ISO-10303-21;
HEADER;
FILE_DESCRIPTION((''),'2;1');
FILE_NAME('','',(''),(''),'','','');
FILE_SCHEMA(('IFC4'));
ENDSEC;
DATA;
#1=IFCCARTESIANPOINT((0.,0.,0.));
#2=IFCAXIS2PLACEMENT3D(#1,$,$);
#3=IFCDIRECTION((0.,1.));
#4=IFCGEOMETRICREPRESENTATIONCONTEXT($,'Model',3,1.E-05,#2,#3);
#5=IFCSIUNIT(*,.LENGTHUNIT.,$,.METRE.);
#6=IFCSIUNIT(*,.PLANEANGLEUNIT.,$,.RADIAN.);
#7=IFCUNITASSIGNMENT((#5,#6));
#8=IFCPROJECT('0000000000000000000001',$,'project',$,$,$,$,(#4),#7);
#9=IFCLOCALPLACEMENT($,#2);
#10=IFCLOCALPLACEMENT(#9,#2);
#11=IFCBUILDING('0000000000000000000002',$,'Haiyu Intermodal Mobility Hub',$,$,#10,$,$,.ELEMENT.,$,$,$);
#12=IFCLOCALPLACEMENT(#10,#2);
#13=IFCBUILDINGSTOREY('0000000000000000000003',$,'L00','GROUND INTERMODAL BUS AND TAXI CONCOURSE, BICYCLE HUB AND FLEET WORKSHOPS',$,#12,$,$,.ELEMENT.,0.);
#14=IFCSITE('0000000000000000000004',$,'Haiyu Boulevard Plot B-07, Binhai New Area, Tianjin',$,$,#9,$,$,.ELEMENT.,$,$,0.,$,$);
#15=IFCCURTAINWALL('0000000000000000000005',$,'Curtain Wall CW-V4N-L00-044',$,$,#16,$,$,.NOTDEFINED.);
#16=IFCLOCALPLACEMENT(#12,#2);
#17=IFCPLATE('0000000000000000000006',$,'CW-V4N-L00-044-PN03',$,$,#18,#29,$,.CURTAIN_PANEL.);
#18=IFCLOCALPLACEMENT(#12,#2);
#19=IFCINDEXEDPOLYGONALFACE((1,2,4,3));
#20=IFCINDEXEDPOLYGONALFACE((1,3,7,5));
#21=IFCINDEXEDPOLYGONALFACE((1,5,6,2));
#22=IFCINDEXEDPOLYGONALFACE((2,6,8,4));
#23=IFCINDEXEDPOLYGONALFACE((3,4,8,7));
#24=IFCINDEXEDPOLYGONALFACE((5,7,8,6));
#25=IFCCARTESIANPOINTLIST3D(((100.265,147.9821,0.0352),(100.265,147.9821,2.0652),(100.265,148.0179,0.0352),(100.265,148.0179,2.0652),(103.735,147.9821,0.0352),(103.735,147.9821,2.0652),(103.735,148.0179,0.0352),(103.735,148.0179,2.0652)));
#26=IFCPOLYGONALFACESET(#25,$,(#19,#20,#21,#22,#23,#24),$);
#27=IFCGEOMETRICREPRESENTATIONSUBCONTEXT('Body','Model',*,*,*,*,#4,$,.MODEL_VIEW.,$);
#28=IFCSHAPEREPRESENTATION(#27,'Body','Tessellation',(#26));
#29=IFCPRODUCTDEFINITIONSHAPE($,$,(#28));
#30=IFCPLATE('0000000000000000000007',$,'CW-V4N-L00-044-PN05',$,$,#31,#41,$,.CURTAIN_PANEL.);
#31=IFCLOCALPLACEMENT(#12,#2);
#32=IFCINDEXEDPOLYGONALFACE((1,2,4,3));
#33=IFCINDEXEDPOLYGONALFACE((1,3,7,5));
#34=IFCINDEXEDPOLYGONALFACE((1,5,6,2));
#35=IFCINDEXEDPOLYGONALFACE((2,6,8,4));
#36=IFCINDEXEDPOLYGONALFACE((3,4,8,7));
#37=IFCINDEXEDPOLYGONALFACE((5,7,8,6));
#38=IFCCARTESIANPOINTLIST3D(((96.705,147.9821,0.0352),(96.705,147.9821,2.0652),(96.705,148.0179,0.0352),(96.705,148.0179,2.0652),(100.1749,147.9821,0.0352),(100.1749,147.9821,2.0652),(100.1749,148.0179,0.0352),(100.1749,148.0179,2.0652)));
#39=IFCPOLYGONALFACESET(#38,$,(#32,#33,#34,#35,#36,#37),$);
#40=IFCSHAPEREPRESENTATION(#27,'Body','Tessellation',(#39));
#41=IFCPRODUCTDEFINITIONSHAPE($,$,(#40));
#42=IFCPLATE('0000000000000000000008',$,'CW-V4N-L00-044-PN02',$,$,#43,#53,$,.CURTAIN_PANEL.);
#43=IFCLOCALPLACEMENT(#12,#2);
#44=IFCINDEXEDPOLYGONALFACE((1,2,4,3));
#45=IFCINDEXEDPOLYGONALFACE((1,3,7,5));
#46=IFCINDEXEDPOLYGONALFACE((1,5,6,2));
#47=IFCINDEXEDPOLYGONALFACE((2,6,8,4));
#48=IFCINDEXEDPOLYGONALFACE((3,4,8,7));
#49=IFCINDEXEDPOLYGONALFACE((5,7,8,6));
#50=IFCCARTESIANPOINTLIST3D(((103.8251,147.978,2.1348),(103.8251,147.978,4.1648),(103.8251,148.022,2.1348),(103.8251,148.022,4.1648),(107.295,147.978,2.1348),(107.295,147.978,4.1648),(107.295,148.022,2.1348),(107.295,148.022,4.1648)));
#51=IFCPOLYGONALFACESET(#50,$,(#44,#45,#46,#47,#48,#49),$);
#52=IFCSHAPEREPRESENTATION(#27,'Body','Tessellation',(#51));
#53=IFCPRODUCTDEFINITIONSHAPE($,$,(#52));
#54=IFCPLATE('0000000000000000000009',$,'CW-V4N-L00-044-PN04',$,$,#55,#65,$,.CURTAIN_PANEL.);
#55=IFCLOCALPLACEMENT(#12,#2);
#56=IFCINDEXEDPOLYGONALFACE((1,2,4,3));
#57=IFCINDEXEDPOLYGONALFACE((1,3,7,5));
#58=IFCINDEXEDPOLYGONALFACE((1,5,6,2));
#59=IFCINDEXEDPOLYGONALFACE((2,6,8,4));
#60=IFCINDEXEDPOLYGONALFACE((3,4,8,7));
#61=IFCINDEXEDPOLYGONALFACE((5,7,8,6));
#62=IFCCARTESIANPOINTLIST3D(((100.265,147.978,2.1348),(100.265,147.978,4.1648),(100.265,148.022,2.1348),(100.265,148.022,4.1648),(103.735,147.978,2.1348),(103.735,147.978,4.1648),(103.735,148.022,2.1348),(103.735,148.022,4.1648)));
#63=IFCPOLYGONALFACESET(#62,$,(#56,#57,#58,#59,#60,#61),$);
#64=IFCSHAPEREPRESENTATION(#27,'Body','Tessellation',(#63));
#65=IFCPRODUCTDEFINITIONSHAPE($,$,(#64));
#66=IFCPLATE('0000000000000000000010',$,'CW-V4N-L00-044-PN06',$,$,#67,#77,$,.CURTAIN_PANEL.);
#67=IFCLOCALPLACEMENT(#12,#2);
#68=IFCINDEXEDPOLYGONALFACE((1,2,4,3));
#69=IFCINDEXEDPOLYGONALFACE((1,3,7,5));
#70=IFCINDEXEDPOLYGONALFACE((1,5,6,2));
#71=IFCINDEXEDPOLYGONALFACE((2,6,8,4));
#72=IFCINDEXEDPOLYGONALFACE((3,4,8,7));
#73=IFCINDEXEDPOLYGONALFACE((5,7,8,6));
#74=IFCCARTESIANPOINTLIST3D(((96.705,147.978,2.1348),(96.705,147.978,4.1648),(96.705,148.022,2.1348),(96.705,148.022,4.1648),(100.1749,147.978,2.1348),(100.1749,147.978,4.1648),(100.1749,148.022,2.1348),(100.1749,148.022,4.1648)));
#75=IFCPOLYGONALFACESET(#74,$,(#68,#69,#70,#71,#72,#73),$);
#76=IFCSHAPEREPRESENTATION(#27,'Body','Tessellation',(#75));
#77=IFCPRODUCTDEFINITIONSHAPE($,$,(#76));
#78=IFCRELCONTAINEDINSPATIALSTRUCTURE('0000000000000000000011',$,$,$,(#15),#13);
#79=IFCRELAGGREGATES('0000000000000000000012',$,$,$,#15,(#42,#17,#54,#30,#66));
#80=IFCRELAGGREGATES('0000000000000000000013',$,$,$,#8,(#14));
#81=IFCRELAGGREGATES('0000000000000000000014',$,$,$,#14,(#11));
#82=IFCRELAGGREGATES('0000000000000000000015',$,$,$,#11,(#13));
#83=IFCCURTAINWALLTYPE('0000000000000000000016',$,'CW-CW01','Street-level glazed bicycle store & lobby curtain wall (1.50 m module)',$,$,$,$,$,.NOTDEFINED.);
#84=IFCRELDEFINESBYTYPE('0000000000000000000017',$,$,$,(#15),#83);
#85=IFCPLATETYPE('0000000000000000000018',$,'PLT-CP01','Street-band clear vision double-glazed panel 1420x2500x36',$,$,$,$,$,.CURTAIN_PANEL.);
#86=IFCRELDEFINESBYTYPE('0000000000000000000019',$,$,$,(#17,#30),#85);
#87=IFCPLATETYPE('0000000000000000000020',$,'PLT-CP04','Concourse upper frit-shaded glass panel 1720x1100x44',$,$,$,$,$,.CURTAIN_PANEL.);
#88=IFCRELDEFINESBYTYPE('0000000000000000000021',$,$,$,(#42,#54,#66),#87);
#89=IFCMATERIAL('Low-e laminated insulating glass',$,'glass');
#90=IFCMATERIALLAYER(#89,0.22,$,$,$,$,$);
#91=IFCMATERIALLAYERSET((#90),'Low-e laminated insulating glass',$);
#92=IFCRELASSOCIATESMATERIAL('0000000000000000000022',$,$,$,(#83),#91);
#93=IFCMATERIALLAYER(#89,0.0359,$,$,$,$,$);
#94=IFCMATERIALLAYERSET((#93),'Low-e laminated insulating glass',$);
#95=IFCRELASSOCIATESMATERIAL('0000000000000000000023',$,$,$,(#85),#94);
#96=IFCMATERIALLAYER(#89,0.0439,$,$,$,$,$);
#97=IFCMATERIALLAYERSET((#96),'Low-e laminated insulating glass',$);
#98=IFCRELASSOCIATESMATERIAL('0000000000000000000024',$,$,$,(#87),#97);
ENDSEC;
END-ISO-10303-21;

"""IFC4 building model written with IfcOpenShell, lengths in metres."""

from ifc_helpers import new_model, si_unit, direction, frame, origin, origin_2d, place, context, subcontext, project, spatial, rectangle, extrude, material, layer, layer_set, type_object, element, aggregate, save


model = new_model("IFC4")

# Units and contexts
model_context = context("Model", 3, precision=1e-05, world=origin(), true_north=direction((0.0, 1.0)))
body_context = subcontext(model_context, "Body", "Model", "MODEL_VIEW")
ifc_project = project(units=[si_unit("LENGTHUNIT", "METRE"), si_unit("PLANEANGLEUNIT", "RADIAN")], contexts=[model_context])

# Site, building, storey
site_placement = place(None, origin())
site = spatial("IfcSite", under=ifc_project, at=site_placement, Name="Haiyu Boulevard Plot B-07, Binhai New Area, Tianjin", CompositionType="ELEMENT", RefElevation=0.0)
building_placement = place(site_placement, origin())
building = spatial("IfcBuilding", under=site, at=building_placement, Name="Haiyu Intermodal Mobility Hub", CompositionType="ELEMENT")
storey_placement = place(building_placement, origin())
storey = spatial("IfcBuildingStorey", under=building, at=storey_placement, Name="L00", Description="GROUND INTERMODAL BUS AND TAXI CONCOURSE, BICYCLE HUB AND FLEET WORKSHOPS", CompositionType="ELEMENT", Elevation=0.0)

# Shared definitions
ifc_material_1 = material(Name="Low-e laminated insulating glass", Category="glass")
ifc_layer_1 = layer(ifc_material_1, 0.22)
ifc_layer_set_1 = layer_set([ifc_layer_1], Name="Low-e laminated insulating glass")
curtain_wall_type = type_object("IfcCurtainWallType", Name="CW-CW01", Description="Street-level glazed bicycle store & lobby curtain wall (1.50 m module)", PredefinedType="NOTDEFINED", material=ifc_layer_set_1)

# Curtain wall
curtain_wall_1_placement = place(storey_placement, origin())
curtain_wall_1 = element("IfcCurtainWall", 1, at=curtain_wall_1_placement, inside=storey, type_object=curtain_wall_type, Name="Curtain Wall CW-V4N-L00-044", PredefinedType="NOTDEFINED")

# Plates
ifc_layer_2 = layer(ifc_material_1, 0.0359)
ifc_layer_set_2 = layer_set([ifc_layer_2], Name="Low-e laminated insulating glass")
plate_type_1 = type_object("IfcPlateType", Name="PLT-CP01", Description="Street-band clear vision double-glazed panel 1420x2500x36", PredefinedType="CURTAIN_PANEL", material=ifc_layer_set_2)
plate_1_placement = place(storey_placement, frame((102.0, 148.0, 0.0352), z_axis=(0.0, 0.0, 1.0), x_axis=(-1.0, 0.0, 0.0)))
plate_1 = element("IfcPlate", 2, at=plate_1_placement, type_object=plate_type_1, Name="CW-V4N-L00-044-PN03", PredefinedType="CURTAIN_PANEL", context=body_context, shape_type="SweptSolid", body=[
    extrude(rectangle(XDim=3.47, YDim=0.0359, at=origin_2d()), origin(), (0.0, 0.0, 1.0), 2.03),
])
plate_2_placement = place(storey_placement, frame((98.4399, 148.0, 0.0352), z_axis=(0.0, 0.0, 1.0), x_axis=(-1.0, 0.0, 0.0)))
plate_2 = element("IfcPlate", 3, at=plate_2_placement, type_object=plate_type_1, Name="CW-V4N-L00-044-PN05", PredefinedType="CURTAIN_PANEL", context=body_context, shape_type="SweptSolid", body=[
    extrude(rectangle(XDim=3.47, YDim=0.0359, at=origin_2d()), origin(), (0.0, 0.0, 1.0), 2.03),
])
ifc_layer_3 = layer(ifc_material_1, 0.0439)
ifc_layer_set_3 = layer_set([ifc_layer_3], Name="Low-e laminated insulating glass")
plate_type_2 = type_object("IfcPlateType", Name="PLT-CP04", Description="Concourse upper frit-shaded glass panel 1720x1100x44", PredefinedType="CURTAIN_PANEL", material=ifc_layer_set_3)
plate_3_placement = place(storey_placement, frame((105.5601, 148.0, 2.1348), z_axis=(0.0, 0.0, 1.0), x_axis=(-1.0, 0.0, 0.0)))
plate_3 = element("IfcPlate", 4, at=plate_3_placement, type_object=plate_type_2, Name="CW-V4N-L00-044-PN02", PredefinedType="CURTAIN_PANEL", context=body_context, shape_type="SweptSolid", body=[
    extrude(rectangle(XDim=3.47, YDim=0.0439, at=origin_2d()), origin(), (0.0, 0.0, 1.0), 2.03),
])
plate_4_placement = place(storey_placement, frame((102.0, 148.0, 2.1348), z_axis=(0.0, 0.0, 1.0), x_axis=(-1.0, 0.0, 0.0)))
plate_4 = element("IfcPlate", 5, at=plate_4_placement, type_object=plate_type_2, Name="CW-V4N-L00-044-PN04", PredefinedType="CURTAIN_PANEL", context=body_context, shape_type="SweptSolid", body=[
    extrude(rectangle(XDim=3.47, YDim=0.0439, at=origin_2d()), origin(), (0.0, 0.0, 1.0), 2.03),
])
plate_5_placement = place(storey_placement, frame((98.4399, 148.0, 2.1348), z_axis=(0.0, 0.0, 1.0), x_axis=(-1.0, 0.0, 0.0)))
plate_5 = element("IfcPlate", 6, at=plate_5_placement, type_object=plate_type_2, Name="CW-V4N-L00-044-PN06", PredefinedType="CURTAIN_PANEL", context=body_context, shape_type="SweptSolid", body=[
    extrude(rectangle(XDim=3.47, YDim=0.0439, at=origin_2d()), origin(), (0.0, 0.0, 1.0), 2.03),
])
aggregate(curtain_wall_1, [plate_3, plate_1, plate_4, plate_2, plate_5])

save(model, "model.ifc")
